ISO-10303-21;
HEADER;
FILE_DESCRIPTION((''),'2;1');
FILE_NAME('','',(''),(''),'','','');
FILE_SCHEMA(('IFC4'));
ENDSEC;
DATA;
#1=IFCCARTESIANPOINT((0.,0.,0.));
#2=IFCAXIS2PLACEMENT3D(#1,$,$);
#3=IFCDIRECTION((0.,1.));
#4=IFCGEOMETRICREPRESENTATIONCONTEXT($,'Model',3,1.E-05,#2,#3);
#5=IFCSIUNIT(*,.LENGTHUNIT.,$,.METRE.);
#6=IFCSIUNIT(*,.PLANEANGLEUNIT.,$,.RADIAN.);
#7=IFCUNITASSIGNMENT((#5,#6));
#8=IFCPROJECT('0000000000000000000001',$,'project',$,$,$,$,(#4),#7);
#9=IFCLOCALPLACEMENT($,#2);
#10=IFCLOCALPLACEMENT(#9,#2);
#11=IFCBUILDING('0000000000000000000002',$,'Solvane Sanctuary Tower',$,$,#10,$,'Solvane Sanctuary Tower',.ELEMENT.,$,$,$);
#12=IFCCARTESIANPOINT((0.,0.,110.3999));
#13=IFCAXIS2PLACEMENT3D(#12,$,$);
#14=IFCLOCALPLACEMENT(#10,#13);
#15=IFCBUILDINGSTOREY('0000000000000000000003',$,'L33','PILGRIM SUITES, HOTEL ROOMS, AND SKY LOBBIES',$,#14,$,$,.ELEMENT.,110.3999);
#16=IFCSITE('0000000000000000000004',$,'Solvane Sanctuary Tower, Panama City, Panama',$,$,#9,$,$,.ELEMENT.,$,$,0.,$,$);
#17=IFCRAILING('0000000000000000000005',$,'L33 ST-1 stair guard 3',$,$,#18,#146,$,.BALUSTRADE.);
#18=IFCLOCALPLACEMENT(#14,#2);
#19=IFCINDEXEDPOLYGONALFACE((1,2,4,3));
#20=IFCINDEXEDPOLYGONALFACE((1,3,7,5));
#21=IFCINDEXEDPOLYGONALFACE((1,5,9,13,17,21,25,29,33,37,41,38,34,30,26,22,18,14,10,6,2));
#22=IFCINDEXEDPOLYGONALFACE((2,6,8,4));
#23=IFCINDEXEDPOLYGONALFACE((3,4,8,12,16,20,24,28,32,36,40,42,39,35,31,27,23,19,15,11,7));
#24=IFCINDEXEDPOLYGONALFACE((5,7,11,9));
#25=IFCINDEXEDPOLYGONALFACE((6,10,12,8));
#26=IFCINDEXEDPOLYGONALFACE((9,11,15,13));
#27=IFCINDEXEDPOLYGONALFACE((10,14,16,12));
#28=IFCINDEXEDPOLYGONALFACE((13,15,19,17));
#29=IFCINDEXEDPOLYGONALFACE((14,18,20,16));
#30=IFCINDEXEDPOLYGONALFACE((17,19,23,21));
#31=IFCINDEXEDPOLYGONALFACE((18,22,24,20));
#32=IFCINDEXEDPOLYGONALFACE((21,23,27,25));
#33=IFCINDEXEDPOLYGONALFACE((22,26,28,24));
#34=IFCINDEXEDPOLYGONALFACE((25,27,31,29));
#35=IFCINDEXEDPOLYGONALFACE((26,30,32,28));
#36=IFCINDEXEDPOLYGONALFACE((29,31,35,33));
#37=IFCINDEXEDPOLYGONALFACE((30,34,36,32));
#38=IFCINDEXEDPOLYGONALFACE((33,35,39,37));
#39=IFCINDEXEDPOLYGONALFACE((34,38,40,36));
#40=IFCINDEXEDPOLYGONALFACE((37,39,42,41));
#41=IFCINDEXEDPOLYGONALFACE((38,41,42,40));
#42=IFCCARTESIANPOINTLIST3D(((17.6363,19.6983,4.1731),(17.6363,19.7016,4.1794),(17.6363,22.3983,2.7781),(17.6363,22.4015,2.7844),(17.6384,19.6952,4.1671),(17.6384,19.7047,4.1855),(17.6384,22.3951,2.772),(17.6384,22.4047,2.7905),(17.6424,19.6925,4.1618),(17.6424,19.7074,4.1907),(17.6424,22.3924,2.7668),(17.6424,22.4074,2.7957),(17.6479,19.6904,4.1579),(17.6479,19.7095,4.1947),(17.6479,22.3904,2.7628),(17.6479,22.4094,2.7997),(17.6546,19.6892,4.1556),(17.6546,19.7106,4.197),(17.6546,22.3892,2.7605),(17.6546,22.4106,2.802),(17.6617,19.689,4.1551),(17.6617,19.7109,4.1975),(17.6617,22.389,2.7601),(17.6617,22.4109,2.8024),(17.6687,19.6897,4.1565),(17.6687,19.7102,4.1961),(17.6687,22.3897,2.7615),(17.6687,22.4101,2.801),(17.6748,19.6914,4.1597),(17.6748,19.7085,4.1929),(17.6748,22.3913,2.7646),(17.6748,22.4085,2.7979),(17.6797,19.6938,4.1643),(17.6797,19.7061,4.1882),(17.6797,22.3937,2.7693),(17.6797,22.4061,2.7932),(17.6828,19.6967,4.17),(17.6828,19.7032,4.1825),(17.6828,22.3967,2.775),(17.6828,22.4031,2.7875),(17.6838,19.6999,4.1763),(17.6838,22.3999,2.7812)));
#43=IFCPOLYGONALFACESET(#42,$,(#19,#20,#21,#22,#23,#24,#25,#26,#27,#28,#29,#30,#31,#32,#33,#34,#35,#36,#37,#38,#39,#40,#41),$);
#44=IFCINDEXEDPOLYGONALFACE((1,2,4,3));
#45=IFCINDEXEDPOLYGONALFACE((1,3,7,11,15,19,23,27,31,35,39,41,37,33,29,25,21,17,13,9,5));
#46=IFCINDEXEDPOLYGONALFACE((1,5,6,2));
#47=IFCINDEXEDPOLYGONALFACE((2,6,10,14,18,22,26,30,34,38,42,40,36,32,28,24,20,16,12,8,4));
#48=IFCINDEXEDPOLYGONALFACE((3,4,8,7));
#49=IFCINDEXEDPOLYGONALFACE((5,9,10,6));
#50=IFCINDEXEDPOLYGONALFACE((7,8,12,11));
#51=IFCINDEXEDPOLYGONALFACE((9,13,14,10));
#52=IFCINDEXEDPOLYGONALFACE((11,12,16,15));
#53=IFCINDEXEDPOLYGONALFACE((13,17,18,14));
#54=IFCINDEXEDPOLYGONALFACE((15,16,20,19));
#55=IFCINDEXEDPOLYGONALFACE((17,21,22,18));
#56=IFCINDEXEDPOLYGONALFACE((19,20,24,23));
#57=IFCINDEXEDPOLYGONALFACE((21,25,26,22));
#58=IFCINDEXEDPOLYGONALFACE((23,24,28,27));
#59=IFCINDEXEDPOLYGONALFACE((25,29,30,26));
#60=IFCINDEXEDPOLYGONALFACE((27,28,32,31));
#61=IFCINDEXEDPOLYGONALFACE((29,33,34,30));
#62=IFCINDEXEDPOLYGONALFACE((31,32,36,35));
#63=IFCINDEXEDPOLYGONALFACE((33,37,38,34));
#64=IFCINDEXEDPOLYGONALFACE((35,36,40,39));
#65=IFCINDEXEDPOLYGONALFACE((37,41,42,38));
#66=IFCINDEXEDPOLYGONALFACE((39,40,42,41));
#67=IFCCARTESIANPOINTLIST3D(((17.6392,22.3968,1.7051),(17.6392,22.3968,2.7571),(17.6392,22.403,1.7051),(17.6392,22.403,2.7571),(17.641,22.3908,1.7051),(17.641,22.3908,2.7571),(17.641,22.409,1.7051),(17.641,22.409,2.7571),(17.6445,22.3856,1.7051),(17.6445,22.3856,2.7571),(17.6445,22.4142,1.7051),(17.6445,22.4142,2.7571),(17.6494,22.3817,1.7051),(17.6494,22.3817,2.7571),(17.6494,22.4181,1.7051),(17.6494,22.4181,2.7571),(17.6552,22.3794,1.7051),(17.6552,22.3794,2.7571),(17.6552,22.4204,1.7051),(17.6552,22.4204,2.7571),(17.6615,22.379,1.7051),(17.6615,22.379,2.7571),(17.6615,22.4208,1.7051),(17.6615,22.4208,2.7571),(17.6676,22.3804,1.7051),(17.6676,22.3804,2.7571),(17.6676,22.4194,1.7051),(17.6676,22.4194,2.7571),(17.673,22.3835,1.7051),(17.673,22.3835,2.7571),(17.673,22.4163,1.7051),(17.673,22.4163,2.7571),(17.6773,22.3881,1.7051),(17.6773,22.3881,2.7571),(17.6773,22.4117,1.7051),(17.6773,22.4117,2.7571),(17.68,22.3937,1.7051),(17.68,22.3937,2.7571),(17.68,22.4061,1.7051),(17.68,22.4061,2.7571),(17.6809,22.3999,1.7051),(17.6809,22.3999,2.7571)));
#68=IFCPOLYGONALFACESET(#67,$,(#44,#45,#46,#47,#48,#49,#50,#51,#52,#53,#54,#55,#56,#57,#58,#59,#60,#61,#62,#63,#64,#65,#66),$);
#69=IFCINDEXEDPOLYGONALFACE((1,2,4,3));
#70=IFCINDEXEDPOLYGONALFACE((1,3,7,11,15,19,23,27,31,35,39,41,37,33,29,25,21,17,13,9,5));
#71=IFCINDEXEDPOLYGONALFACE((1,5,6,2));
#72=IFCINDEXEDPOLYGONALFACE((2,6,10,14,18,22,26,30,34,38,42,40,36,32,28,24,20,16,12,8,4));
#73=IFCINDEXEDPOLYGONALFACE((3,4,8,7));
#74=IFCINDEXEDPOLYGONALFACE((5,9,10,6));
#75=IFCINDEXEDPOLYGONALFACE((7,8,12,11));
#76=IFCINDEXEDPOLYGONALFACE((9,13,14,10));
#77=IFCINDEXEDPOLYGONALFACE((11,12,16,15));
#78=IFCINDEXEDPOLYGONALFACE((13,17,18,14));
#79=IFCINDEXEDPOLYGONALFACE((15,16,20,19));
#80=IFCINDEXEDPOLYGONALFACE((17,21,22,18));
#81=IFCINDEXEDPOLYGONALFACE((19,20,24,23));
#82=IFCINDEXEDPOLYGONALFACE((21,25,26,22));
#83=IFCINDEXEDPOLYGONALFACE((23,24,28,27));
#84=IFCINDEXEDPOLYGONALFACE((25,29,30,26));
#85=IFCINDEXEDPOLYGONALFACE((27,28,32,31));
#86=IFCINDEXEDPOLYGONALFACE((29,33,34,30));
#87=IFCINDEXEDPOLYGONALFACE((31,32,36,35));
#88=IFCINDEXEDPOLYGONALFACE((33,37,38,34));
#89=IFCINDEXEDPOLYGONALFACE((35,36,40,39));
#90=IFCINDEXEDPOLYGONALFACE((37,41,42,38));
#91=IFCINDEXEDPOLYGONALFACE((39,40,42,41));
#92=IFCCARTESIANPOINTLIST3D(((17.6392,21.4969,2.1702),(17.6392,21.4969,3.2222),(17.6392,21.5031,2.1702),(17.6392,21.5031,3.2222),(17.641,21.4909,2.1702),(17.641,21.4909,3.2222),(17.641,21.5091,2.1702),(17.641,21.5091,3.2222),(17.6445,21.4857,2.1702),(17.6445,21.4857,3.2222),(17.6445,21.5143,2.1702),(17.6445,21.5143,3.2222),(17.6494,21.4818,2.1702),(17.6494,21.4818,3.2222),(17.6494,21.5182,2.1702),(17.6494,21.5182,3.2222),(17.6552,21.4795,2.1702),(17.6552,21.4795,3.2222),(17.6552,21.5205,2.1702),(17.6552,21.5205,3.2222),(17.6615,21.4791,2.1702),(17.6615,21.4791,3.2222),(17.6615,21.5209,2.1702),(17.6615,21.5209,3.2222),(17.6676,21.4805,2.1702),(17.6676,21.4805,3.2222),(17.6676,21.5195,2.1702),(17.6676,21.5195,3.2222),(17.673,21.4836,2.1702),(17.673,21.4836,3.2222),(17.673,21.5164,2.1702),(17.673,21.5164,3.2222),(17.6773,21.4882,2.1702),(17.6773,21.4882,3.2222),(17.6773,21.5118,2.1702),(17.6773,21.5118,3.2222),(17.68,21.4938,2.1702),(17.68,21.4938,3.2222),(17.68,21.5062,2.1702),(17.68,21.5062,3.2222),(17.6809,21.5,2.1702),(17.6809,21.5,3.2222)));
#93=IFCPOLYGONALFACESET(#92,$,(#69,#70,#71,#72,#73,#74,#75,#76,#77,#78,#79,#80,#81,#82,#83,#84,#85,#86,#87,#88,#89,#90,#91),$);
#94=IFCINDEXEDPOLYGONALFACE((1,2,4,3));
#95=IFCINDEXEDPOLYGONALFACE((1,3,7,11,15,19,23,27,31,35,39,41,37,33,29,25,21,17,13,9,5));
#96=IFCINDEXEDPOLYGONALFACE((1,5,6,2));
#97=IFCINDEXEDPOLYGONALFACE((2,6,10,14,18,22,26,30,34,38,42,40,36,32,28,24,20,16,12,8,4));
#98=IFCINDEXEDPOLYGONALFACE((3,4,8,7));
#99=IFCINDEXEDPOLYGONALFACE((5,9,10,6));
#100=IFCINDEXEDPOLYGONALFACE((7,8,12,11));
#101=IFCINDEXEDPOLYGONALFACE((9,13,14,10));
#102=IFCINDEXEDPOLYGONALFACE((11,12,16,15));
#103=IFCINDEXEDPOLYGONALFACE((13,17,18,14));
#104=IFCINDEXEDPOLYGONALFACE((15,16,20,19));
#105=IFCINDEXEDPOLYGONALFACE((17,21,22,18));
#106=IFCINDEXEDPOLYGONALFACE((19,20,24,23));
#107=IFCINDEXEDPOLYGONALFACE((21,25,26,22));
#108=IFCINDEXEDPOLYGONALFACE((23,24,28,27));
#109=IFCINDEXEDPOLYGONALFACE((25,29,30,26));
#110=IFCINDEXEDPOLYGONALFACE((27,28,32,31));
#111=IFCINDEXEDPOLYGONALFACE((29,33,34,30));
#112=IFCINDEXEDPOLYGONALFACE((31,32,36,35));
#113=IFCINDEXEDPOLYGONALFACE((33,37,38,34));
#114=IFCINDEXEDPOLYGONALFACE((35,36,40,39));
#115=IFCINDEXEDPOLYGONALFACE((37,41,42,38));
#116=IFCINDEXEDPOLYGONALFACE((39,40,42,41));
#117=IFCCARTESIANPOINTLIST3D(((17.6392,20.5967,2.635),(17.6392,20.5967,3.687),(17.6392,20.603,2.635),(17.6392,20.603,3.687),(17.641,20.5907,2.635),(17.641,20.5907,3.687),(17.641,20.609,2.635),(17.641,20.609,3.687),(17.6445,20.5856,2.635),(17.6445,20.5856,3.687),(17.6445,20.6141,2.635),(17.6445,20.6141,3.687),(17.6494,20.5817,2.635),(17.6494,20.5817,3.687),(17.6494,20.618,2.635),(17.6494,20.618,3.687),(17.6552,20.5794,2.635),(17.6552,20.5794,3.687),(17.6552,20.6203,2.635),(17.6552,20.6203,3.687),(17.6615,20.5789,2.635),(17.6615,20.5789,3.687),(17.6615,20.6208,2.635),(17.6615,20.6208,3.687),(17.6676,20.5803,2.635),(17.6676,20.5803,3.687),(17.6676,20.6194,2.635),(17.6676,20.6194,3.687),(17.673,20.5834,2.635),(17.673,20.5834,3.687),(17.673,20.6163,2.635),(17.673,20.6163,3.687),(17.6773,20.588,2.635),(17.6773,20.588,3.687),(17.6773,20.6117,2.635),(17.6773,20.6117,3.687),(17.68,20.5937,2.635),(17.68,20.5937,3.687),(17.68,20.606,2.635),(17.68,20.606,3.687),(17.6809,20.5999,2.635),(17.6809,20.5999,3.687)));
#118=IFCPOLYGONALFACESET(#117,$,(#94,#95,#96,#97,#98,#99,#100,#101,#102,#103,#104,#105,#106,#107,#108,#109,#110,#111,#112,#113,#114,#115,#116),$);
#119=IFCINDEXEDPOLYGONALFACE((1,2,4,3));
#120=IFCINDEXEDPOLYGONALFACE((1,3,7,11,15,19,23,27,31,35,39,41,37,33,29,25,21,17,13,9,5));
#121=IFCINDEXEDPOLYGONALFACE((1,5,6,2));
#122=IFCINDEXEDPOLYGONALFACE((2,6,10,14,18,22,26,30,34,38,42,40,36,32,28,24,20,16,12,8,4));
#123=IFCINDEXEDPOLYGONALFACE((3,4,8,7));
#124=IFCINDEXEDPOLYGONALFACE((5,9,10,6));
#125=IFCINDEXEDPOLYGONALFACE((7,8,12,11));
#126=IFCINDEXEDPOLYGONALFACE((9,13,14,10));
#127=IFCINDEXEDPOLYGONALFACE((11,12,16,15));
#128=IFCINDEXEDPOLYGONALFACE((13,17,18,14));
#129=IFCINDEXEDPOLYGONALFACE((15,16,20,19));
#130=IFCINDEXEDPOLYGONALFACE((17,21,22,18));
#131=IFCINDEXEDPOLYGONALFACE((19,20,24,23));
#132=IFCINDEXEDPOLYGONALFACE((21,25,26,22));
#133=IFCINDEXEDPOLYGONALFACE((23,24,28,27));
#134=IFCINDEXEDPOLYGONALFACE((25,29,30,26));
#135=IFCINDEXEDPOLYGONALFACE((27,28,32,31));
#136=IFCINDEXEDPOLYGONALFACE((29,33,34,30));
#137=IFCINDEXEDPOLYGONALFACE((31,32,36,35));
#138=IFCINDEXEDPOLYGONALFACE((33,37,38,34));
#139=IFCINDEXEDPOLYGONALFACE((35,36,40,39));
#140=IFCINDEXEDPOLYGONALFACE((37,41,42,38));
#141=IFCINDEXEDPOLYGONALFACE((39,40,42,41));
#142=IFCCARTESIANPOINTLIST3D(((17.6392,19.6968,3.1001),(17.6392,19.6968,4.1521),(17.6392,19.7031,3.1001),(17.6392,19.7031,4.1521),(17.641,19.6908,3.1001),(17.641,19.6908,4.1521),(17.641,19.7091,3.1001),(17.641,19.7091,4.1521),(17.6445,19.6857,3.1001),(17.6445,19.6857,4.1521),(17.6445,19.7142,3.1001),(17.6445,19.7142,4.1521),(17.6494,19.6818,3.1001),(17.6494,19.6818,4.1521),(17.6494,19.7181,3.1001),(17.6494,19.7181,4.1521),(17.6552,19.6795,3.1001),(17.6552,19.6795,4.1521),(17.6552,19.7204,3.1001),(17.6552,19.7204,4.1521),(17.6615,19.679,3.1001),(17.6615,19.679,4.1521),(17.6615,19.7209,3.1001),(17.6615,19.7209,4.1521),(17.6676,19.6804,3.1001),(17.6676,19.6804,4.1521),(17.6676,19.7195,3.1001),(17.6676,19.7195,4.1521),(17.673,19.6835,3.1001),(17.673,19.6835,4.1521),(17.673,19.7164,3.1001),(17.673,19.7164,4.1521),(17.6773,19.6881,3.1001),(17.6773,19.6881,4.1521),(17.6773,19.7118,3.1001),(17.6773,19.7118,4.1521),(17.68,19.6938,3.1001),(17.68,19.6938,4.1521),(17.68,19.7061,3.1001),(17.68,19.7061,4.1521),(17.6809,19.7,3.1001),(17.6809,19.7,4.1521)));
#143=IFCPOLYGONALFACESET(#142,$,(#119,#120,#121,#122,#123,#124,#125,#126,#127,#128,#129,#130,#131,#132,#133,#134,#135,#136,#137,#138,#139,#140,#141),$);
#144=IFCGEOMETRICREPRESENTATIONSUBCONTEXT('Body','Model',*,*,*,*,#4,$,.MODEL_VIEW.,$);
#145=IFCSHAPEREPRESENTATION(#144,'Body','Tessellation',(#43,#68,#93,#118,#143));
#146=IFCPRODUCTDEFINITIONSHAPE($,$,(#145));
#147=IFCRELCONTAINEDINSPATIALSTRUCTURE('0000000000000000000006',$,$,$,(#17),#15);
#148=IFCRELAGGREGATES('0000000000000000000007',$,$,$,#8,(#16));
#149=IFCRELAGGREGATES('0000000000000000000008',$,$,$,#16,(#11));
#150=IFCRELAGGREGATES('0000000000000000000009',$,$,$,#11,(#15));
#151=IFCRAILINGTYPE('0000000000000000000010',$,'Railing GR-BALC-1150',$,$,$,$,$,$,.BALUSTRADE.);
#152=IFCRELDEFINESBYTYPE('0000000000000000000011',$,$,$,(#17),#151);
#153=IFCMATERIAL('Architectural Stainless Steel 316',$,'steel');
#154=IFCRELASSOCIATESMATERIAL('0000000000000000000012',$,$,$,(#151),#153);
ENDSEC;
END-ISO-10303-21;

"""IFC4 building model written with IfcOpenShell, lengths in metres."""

from ifc_helpers import new_model, si_unit, direction, frame, origin, origin_2d, place, context, subcontext, project, spatial, circle, extrude, material, type_object, element, save


model = new_model("IFC4")

# Units and contexts
model_context = context("Model", 3, precision=1e-05, world=origin(), true_north=direction((0.0, 1.0)))
body_context = subcontext(model_context, "Body", "Model", "MODEL_VIEW")
ifc_project = project(units=[si_unit("LENGTHUNIT", "METRE"), si_unit("PLANEANGLEUNIT", "RADIAN")], contexts=[model_context])

# Site, building, storey
site_placement = place(None, origin())
site = spatial("IfcSite", under=ifc_project, at=site_placement, Name="Solvane Sanctuary Tower, Panama City, Panama", CompositionType="ELEMENT", RefElevation=0.0)
building_placement = place(site_placement, origin())
building = spatial("IfcBuilding", under=site, at=building_placement, Name="Solvane Sanctuary Tower", LongName="Solvane Sanctuary Tower", CompositionType="ELEMENT")
storey_placement = place(building_placement, frame((0.0, 0.0, 110.3999)))
storey = spatial("IfcBuildingStorey", under=building, at=storey_placement, Name="L33", Description="PILGRIM SUITES, HOTEL ROOMS, AND SKY LOBBIES", CompositionType="ELEMENT", Elevation=110.3999)

# Shared definitions
ifc_material_1 = material(Name="Architectural Stainless Steel 316", Category="steel")

# Railing
railing_type_1 = type_object("IfcRailingType", Name="Railing GR-BALC-1150", PredefinedType="BALUSTRADE", material=ifc_material_1)
railing_1_placement = place(storey_placement, frame((17.6599, 22.3999, 1.7051)))
element("IfcRailing", 1, at=railing_1_placement, inside=storey, type_object=railing_type_1, Name="L33 ST-1 stair guard 3", PredefinedType="BALUSTRADE", context=body_context, shape_type="SweptSolid", body=[
    extrude(circle(Radius=0.0239, at=origin_2d()), frame((0.0, 0.0, 1.0762), z_axis=(0.0, -0.88842, 0.459032), x_axis=(1.0, 0.0, 0.0)), (0.0, 0.0, 1.0), 3.0391),
    extrude(circle(Radius=0.021, at=origin_2d()), origin(), (0.0, 0.0, 1.0), 1.052),
    extrude(circle(Radius=0.021, at=origin_2d()), frame((0.0, -0.8999, 0.4651)), (0.0, 0.0, 1.0), 1.052),
    extrude(circle(Radius=0.021, at=origin_2d()), frame((0.0, -1.8, 0.9299)), (0.0, 0.0, 1.0), 1.052),
    extrude(circle(Radius=0.021, at=origin_2d()), frame((0.0, -2.7, 1.395)), (0.0, 0.0, 1.0), 1.052),
])

save(model, "model.ifc")
